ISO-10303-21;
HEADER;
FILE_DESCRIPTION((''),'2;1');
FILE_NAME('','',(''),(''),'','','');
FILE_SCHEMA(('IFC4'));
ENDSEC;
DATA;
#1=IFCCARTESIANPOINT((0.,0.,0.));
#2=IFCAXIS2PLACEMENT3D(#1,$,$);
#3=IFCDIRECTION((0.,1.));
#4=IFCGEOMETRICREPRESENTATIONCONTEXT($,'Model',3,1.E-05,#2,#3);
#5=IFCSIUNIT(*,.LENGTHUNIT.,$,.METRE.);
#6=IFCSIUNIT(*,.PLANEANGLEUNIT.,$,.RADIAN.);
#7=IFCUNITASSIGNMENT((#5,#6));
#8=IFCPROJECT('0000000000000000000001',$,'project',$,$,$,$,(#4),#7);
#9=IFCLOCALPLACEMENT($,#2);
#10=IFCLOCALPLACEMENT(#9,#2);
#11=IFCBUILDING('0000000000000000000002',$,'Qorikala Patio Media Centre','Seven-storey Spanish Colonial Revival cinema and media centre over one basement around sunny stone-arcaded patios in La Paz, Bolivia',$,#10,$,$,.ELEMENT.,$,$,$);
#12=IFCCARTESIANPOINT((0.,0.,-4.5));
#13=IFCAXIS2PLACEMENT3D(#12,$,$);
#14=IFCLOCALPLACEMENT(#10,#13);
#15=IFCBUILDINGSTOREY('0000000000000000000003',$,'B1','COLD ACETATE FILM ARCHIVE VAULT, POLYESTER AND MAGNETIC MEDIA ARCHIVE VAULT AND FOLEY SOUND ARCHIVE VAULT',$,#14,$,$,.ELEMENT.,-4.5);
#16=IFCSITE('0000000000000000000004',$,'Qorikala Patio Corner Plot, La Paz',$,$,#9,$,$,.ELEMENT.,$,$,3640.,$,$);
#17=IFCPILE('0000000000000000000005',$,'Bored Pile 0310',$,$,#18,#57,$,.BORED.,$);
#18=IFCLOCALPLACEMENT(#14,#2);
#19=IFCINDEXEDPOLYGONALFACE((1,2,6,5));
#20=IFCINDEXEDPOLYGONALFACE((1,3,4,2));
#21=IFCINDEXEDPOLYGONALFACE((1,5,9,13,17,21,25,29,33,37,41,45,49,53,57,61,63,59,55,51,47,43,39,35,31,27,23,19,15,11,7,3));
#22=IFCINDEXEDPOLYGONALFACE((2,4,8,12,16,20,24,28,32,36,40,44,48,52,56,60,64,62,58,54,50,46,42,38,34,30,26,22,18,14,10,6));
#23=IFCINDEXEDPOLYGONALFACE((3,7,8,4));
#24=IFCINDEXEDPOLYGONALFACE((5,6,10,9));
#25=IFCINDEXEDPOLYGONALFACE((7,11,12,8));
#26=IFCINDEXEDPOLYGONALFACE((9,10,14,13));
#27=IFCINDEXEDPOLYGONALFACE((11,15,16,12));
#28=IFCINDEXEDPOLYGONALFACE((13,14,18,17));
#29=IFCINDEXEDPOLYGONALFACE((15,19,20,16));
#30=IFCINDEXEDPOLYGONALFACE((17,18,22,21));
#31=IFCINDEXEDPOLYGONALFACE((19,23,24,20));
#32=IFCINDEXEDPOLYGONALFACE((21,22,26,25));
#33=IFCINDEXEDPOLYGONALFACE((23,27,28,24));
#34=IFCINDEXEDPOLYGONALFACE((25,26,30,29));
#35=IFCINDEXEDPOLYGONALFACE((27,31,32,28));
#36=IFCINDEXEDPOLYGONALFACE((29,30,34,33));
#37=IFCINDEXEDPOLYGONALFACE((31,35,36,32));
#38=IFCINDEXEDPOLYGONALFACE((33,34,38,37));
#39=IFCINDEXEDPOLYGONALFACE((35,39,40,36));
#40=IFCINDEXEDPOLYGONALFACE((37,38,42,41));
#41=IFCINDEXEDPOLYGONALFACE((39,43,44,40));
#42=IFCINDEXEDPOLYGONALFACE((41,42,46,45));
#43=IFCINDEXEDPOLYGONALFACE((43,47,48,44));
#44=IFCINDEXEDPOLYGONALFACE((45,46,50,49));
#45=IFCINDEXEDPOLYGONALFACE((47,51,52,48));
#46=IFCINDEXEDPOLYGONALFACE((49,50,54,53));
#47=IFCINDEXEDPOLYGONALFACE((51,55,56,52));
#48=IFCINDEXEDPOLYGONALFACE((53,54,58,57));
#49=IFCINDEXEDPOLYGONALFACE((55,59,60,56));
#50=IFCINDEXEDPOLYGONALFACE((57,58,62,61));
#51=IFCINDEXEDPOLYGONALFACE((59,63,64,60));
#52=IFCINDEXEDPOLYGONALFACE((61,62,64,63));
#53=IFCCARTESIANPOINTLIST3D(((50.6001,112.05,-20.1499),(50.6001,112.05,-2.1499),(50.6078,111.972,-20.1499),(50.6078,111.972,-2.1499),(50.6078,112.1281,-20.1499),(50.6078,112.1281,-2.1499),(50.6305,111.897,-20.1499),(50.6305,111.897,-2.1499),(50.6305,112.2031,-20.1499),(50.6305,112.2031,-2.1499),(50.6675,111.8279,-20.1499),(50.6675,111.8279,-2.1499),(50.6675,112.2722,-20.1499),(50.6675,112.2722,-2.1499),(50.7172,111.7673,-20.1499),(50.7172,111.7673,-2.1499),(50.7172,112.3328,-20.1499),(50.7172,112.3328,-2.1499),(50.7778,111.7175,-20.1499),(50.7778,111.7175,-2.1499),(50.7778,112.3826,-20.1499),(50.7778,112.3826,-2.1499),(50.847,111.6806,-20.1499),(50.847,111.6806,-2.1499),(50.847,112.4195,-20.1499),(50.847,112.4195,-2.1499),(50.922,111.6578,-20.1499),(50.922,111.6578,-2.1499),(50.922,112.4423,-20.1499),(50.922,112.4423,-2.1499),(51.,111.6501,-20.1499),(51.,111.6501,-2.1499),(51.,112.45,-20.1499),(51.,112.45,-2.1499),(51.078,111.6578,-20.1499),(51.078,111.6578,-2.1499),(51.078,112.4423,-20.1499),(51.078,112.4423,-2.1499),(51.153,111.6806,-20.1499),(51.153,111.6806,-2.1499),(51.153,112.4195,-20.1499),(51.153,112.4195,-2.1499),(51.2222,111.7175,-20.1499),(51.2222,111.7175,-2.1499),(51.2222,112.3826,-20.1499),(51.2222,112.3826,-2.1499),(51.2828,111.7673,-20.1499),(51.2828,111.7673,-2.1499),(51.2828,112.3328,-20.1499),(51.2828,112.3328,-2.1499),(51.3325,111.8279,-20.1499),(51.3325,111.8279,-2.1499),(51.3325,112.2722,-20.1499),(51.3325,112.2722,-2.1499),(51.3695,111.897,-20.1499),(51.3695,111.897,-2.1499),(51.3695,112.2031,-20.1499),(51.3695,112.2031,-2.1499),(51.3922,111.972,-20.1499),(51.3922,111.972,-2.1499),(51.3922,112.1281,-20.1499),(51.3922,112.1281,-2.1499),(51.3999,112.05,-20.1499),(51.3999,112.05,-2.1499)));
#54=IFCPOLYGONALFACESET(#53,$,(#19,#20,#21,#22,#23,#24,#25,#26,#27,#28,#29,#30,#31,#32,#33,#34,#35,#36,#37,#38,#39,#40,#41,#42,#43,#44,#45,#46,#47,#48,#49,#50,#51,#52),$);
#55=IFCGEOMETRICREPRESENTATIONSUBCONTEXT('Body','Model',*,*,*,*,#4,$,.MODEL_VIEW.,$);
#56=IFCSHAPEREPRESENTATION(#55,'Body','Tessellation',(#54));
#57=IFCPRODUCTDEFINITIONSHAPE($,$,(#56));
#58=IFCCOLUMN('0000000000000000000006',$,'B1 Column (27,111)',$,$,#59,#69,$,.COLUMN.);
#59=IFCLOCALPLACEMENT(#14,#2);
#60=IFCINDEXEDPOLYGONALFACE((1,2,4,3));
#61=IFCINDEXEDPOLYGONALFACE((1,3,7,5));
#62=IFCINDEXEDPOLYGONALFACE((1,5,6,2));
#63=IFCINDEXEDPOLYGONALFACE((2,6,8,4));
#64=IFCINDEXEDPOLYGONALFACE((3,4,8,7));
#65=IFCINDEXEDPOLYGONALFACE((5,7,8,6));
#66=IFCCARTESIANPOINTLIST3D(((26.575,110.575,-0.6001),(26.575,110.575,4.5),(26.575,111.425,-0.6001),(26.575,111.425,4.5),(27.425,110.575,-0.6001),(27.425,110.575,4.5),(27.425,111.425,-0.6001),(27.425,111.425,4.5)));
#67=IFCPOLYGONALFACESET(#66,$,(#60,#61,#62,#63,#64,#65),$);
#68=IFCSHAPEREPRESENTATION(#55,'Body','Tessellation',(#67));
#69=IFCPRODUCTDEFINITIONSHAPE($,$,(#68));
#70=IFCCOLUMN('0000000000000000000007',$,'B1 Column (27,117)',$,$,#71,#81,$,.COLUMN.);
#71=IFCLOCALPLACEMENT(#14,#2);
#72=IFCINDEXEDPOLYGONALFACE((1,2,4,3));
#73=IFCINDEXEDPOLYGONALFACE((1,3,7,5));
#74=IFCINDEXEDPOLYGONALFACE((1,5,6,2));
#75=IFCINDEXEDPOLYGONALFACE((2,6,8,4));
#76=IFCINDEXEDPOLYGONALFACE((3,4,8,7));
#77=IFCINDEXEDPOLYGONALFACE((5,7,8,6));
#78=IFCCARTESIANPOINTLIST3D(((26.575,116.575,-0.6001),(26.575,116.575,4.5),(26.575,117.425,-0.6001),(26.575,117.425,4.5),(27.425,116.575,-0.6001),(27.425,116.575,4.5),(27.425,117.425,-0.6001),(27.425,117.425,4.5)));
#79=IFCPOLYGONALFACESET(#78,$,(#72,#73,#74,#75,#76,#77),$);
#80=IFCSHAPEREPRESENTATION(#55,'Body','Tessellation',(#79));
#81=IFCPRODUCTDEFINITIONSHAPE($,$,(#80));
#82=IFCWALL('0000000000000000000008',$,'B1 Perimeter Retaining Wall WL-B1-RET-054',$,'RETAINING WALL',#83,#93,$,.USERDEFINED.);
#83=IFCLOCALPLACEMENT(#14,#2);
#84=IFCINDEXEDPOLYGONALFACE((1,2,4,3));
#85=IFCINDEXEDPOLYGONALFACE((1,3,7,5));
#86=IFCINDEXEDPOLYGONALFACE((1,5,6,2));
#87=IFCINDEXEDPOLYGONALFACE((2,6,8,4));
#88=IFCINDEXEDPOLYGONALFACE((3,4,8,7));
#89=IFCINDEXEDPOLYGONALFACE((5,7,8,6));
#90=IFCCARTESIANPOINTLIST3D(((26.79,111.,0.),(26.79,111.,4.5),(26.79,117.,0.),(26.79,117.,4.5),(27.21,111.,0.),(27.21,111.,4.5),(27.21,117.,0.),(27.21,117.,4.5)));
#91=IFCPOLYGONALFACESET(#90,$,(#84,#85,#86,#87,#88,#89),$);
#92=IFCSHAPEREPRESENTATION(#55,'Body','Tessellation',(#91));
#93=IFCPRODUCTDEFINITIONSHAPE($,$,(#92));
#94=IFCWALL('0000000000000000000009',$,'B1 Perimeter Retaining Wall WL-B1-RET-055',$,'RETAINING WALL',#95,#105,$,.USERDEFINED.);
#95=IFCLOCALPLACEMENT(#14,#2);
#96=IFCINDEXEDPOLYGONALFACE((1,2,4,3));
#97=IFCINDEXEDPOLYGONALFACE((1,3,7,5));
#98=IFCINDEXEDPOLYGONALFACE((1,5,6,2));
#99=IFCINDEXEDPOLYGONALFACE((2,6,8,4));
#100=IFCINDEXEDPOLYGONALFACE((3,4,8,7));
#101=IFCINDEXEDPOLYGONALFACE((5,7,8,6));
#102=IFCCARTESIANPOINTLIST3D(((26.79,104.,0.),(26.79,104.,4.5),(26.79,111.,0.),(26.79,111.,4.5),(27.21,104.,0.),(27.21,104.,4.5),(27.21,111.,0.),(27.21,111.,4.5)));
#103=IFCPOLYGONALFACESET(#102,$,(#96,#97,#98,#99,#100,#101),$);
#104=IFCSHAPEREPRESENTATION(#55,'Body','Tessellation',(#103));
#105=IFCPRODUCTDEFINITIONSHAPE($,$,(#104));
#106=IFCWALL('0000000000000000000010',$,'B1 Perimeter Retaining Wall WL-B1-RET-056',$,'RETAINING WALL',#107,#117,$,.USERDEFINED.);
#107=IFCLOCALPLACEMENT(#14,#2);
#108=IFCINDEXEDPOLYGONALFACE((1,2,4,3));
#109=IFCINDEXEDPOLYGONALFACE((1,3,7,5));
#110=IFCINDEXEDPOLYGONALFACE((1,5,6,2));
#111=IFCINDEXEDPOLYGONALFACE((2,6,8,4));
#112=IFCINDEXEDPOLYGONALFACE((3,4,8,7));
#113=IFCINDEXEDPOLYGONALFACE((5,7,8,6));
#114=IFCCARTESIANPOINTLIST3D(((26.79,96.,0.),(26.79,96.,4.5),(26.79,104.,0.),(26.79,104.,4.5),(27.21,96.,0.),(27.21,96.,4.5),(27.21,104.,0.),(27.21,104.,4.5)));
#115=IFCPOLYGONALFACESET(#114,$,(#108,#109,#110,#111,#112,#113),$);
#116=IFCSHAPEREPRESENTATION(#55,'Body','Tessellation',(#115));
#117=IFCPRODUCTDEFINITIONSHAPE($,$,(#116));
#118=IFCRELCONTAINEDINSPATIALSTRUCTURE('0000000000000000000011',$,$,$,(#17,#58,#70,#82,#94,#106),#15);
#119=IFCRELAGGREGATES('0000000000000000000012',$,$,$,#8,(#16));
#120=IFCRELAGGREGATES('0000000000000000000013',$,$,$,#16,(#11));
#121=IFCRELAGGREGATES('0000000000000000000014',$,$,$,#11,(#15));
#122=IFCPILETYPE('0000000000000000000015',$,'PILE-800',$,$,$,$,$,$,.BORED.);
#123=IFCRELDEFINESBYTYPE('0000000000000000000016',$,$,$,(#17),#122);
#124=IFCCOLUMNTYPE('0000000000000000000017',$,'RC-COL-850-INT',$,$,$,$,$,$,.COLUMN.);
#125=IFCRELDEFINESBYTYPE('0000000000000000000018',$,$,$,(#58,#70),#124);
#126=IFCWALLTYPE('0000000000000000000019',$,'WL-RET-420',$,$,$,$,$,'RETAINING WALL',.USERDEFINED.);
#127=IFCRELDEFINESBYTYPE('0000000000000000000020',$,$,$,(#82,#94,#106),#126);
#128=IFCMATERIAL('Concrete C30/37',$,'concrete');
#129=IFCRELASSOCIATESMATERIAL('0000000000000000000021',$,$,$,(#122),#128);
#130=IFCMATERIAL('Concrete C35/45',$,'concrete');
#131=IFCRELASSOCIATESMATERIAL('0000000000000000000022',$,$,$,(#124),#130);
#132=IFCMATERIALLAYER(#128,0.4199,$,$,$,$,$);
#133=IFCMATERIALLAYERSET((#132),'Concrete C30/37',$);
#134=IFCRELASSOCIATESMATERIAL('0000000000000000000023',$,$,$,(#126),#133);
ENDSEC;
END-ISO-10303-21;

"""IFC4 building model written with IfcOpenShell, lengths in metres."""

from ifc_helpers import new_model, si_unit, direction, frame, frame_2d, origin, origin_2d, place, context, subcontext, project, spatial, rectangle, circle, extrude, material, layer, layer_set, material_profile, profile_set, type_object, element, save


model = new_model("IFC4")

# Units and contexts
model_context = context("Model", 3, precision=1e-05, world=origin(), true_north=direction((0.0, 1.0)))
body_context = subcontext(model_context, "Body", "Model", "MODEL_VIEW")
ifc_project = project(units=[si_unit("LENGTHUNIT", "METRE"), si_unit("PLANEANGLEUNIT", "RADIAN")], contexts=[model_context])

# Site, building, storey
site_placement = place(None, origin())
site = spatial("IfcSite", under=ifc_project, at=site_placement, Name="Qorikala Patio Corner Plot, La Paz", CompositionType="ELEMENT", RefElevation=3640.0)
building_placement = place(site_placement, origin())
building = spatial("IfcBuilding", under=site, at=building_placement, Name="Qorikala Patio Media Centre", Description="Seven-storey Spanish Colonial Revival cinema and media centre over one basement around sunny stone-arcaded patios in La Paz, Bolivia", CompositionType="ELEMENT")
storey_placement = place(building_placement, frame((0.0, 0.0, -4.5)))
storey = spatial("IfcBuildingStorey", under=building, at=storey_placement, Name="B1", Description="COLD ACETATE FILM ARCHIVE VAULT, POLYESTER AND MAGNETIC MEDIA ARCHIVE VAULT AND FOLEY SOUND ARCHIVE VAULT", CompositionType="ELEMENT", Elevation=-4.5)

# Shared definitions
ifc_material_1 = material(Name="Concrete C30/37", Category="concrete")

# Pile
ifc_material_profile_1 = material_profile(ifc_material_1, circle(Radius=0.3999, at=origin_2d()), Name="BORED PILE 800")
ifc_profile_set_1 = profile_set([ifc_material_profile_1], Name="Concrete C30/37")
pile_type_1 = type_object("IfcPileType", Name="PILE-800", PredefinedType="BORED", material=ifc_profile_set_1)
for number, where, z_axis, x_axis, name in (
    (1, (51.0, 112.05, -2.1499), (0.0, 0.0, -1.0), (1.0, 0.0, 0.0), "Bored Pile 0310"),
):
    element("IfcPile", number, at=place(storey_placement, frame(where, z_axis=z_axis, x_axis=x_axis)), inside=storey, type_object=pile_type_1, Name=name, PredefinedType="BORED", context=body_context, shape_type="SweptSolid", body=[
        extrude(circle(Radius=0.3999, at=origin_2d()), origin(), (0.0, 0.0, 1.0), 18.0),
    ])

# Columns
ifc_material_2 = material(Name="Concrete C35/45", Category="concrete")
ifc_material_profile_2 = material_profile(ifc_material_2, rectangle(XDim=0.8501, YDim=0.8501, at=origin_2d()), Name="RC 850x850")
ifc_profile_set_2 = profile_set([ifc_material_profile_2], Name="Concrete C35/45")
column_type = type_object("IfcColumnType", Name="RC-COL-850-INT", PredefinedType="COLUMN", material=ifc_profile_set_2)
for number, where, z_axis, x_axis, name in (
    (2, (27.0, 111.0, -0.6001), (0.0, 0.0, 1.0), (1.0, 0.0, 0.0), "B1 Column (27,111)"),
    (3, (27.0, 117.0, -0.6001), (0.0, 0.0, 1.0), (1.0, 0.0, 0.0), "B1 Column (27,117)"),
):
    element("IfcColumn", number, at=place(storey_placement, frame(where, z_axis=z_axis, x_axis=x_axis)), inside=storey, type_object=column_type, Name=name, PredefinedType="COLUMN", context=body_context, shape_type="SweptSolid", body=[
        extrude(rectangle(XDim=0.8501, YDim=0.8501, at=origin_2d()), origin(), (0.0, 0.0, 1.0), 5.1001),
    ])

# Walls
ifc_layer_1 = layer(ifc_material_1, 0.4199)
ifc_layer_set_1 = layer_set([ifc_layer_1], Name="Concrete C30/37")
wall_type = type_object("IfcWallType", Name="WL-RET-420", ElementType="RETAINING WALL", PredefinedType="USERDEFINED", material=ifc_layer_set_1)
wall_1_placement = place(storey_placement, frame((27.0, 117.0, 0.0), z_axis=(0.0, 0.0, 1.0), x_axis=(0.0, -1.0, 0.0)))
element("IfcWall", 4, at=wall_1_placement, inside=storey, type_object=wall_type, Name="B1 Perimeter Retaining Wall WL-B1-RET-054", ObjectType="RETAINING WALL", PredefinedType="USERDEFINED", context=body_context, shape_type="SweptSolid", body=[
    extrude(rectangle(XDim=6.0, YDim=0.4199, at=frame_2d((3.0, 0.0))), origin(), (0.0, 0.0, 1.0), 4.5),
])
wall_2_placement = place(storey_placement, frame((27.0, 111.0, 0.0), z_axis=(0.0, 0.0, 1.0), x_axis=(0.0, -1.0, 0.0)))
element("IfcWall", 5, at=wall_2_placement, inside=storey, type_object=wall_type, Name="B1 Perimeter Retaining Wall WL-B1-RET-055", ObjectType="RETAINING WALL", PredefinedType="USERDEFINED", context=body_context, shape_type="SweptSolid", body=[
    extrude(rectangle(XDim=7.0, YDim=0.4199, at=frame_2d((3.5, 0.0))), origin(), (0.0, 0.0, 1.0), 4.5),
])
wall_3_placement = place(storey_placement, frame((27.0, 104.0, 0.0), z_axis=(0.0, 0.0, 1.0), x_axis=(0.0, -1.0, 0.0)))
element("IfcWall", 6, at=wall_3_placement, inside=storey, type_object=wall_type, Name="B1 Perimeter Retaining Wall WL-B1-RET-056", ObjectType="RETAINING WALL", PredefinedType="USERDEFINED", context=body_context, shape_type="SweptSolid", body=[
    extrude(rectangle(XDim=8.0, YDim=0.4199, at=frame_2d((4.0, 0.0))), origin(), (0.0, 0.0, 1.0), 4.5),
])

save(model, "model.ifc")
